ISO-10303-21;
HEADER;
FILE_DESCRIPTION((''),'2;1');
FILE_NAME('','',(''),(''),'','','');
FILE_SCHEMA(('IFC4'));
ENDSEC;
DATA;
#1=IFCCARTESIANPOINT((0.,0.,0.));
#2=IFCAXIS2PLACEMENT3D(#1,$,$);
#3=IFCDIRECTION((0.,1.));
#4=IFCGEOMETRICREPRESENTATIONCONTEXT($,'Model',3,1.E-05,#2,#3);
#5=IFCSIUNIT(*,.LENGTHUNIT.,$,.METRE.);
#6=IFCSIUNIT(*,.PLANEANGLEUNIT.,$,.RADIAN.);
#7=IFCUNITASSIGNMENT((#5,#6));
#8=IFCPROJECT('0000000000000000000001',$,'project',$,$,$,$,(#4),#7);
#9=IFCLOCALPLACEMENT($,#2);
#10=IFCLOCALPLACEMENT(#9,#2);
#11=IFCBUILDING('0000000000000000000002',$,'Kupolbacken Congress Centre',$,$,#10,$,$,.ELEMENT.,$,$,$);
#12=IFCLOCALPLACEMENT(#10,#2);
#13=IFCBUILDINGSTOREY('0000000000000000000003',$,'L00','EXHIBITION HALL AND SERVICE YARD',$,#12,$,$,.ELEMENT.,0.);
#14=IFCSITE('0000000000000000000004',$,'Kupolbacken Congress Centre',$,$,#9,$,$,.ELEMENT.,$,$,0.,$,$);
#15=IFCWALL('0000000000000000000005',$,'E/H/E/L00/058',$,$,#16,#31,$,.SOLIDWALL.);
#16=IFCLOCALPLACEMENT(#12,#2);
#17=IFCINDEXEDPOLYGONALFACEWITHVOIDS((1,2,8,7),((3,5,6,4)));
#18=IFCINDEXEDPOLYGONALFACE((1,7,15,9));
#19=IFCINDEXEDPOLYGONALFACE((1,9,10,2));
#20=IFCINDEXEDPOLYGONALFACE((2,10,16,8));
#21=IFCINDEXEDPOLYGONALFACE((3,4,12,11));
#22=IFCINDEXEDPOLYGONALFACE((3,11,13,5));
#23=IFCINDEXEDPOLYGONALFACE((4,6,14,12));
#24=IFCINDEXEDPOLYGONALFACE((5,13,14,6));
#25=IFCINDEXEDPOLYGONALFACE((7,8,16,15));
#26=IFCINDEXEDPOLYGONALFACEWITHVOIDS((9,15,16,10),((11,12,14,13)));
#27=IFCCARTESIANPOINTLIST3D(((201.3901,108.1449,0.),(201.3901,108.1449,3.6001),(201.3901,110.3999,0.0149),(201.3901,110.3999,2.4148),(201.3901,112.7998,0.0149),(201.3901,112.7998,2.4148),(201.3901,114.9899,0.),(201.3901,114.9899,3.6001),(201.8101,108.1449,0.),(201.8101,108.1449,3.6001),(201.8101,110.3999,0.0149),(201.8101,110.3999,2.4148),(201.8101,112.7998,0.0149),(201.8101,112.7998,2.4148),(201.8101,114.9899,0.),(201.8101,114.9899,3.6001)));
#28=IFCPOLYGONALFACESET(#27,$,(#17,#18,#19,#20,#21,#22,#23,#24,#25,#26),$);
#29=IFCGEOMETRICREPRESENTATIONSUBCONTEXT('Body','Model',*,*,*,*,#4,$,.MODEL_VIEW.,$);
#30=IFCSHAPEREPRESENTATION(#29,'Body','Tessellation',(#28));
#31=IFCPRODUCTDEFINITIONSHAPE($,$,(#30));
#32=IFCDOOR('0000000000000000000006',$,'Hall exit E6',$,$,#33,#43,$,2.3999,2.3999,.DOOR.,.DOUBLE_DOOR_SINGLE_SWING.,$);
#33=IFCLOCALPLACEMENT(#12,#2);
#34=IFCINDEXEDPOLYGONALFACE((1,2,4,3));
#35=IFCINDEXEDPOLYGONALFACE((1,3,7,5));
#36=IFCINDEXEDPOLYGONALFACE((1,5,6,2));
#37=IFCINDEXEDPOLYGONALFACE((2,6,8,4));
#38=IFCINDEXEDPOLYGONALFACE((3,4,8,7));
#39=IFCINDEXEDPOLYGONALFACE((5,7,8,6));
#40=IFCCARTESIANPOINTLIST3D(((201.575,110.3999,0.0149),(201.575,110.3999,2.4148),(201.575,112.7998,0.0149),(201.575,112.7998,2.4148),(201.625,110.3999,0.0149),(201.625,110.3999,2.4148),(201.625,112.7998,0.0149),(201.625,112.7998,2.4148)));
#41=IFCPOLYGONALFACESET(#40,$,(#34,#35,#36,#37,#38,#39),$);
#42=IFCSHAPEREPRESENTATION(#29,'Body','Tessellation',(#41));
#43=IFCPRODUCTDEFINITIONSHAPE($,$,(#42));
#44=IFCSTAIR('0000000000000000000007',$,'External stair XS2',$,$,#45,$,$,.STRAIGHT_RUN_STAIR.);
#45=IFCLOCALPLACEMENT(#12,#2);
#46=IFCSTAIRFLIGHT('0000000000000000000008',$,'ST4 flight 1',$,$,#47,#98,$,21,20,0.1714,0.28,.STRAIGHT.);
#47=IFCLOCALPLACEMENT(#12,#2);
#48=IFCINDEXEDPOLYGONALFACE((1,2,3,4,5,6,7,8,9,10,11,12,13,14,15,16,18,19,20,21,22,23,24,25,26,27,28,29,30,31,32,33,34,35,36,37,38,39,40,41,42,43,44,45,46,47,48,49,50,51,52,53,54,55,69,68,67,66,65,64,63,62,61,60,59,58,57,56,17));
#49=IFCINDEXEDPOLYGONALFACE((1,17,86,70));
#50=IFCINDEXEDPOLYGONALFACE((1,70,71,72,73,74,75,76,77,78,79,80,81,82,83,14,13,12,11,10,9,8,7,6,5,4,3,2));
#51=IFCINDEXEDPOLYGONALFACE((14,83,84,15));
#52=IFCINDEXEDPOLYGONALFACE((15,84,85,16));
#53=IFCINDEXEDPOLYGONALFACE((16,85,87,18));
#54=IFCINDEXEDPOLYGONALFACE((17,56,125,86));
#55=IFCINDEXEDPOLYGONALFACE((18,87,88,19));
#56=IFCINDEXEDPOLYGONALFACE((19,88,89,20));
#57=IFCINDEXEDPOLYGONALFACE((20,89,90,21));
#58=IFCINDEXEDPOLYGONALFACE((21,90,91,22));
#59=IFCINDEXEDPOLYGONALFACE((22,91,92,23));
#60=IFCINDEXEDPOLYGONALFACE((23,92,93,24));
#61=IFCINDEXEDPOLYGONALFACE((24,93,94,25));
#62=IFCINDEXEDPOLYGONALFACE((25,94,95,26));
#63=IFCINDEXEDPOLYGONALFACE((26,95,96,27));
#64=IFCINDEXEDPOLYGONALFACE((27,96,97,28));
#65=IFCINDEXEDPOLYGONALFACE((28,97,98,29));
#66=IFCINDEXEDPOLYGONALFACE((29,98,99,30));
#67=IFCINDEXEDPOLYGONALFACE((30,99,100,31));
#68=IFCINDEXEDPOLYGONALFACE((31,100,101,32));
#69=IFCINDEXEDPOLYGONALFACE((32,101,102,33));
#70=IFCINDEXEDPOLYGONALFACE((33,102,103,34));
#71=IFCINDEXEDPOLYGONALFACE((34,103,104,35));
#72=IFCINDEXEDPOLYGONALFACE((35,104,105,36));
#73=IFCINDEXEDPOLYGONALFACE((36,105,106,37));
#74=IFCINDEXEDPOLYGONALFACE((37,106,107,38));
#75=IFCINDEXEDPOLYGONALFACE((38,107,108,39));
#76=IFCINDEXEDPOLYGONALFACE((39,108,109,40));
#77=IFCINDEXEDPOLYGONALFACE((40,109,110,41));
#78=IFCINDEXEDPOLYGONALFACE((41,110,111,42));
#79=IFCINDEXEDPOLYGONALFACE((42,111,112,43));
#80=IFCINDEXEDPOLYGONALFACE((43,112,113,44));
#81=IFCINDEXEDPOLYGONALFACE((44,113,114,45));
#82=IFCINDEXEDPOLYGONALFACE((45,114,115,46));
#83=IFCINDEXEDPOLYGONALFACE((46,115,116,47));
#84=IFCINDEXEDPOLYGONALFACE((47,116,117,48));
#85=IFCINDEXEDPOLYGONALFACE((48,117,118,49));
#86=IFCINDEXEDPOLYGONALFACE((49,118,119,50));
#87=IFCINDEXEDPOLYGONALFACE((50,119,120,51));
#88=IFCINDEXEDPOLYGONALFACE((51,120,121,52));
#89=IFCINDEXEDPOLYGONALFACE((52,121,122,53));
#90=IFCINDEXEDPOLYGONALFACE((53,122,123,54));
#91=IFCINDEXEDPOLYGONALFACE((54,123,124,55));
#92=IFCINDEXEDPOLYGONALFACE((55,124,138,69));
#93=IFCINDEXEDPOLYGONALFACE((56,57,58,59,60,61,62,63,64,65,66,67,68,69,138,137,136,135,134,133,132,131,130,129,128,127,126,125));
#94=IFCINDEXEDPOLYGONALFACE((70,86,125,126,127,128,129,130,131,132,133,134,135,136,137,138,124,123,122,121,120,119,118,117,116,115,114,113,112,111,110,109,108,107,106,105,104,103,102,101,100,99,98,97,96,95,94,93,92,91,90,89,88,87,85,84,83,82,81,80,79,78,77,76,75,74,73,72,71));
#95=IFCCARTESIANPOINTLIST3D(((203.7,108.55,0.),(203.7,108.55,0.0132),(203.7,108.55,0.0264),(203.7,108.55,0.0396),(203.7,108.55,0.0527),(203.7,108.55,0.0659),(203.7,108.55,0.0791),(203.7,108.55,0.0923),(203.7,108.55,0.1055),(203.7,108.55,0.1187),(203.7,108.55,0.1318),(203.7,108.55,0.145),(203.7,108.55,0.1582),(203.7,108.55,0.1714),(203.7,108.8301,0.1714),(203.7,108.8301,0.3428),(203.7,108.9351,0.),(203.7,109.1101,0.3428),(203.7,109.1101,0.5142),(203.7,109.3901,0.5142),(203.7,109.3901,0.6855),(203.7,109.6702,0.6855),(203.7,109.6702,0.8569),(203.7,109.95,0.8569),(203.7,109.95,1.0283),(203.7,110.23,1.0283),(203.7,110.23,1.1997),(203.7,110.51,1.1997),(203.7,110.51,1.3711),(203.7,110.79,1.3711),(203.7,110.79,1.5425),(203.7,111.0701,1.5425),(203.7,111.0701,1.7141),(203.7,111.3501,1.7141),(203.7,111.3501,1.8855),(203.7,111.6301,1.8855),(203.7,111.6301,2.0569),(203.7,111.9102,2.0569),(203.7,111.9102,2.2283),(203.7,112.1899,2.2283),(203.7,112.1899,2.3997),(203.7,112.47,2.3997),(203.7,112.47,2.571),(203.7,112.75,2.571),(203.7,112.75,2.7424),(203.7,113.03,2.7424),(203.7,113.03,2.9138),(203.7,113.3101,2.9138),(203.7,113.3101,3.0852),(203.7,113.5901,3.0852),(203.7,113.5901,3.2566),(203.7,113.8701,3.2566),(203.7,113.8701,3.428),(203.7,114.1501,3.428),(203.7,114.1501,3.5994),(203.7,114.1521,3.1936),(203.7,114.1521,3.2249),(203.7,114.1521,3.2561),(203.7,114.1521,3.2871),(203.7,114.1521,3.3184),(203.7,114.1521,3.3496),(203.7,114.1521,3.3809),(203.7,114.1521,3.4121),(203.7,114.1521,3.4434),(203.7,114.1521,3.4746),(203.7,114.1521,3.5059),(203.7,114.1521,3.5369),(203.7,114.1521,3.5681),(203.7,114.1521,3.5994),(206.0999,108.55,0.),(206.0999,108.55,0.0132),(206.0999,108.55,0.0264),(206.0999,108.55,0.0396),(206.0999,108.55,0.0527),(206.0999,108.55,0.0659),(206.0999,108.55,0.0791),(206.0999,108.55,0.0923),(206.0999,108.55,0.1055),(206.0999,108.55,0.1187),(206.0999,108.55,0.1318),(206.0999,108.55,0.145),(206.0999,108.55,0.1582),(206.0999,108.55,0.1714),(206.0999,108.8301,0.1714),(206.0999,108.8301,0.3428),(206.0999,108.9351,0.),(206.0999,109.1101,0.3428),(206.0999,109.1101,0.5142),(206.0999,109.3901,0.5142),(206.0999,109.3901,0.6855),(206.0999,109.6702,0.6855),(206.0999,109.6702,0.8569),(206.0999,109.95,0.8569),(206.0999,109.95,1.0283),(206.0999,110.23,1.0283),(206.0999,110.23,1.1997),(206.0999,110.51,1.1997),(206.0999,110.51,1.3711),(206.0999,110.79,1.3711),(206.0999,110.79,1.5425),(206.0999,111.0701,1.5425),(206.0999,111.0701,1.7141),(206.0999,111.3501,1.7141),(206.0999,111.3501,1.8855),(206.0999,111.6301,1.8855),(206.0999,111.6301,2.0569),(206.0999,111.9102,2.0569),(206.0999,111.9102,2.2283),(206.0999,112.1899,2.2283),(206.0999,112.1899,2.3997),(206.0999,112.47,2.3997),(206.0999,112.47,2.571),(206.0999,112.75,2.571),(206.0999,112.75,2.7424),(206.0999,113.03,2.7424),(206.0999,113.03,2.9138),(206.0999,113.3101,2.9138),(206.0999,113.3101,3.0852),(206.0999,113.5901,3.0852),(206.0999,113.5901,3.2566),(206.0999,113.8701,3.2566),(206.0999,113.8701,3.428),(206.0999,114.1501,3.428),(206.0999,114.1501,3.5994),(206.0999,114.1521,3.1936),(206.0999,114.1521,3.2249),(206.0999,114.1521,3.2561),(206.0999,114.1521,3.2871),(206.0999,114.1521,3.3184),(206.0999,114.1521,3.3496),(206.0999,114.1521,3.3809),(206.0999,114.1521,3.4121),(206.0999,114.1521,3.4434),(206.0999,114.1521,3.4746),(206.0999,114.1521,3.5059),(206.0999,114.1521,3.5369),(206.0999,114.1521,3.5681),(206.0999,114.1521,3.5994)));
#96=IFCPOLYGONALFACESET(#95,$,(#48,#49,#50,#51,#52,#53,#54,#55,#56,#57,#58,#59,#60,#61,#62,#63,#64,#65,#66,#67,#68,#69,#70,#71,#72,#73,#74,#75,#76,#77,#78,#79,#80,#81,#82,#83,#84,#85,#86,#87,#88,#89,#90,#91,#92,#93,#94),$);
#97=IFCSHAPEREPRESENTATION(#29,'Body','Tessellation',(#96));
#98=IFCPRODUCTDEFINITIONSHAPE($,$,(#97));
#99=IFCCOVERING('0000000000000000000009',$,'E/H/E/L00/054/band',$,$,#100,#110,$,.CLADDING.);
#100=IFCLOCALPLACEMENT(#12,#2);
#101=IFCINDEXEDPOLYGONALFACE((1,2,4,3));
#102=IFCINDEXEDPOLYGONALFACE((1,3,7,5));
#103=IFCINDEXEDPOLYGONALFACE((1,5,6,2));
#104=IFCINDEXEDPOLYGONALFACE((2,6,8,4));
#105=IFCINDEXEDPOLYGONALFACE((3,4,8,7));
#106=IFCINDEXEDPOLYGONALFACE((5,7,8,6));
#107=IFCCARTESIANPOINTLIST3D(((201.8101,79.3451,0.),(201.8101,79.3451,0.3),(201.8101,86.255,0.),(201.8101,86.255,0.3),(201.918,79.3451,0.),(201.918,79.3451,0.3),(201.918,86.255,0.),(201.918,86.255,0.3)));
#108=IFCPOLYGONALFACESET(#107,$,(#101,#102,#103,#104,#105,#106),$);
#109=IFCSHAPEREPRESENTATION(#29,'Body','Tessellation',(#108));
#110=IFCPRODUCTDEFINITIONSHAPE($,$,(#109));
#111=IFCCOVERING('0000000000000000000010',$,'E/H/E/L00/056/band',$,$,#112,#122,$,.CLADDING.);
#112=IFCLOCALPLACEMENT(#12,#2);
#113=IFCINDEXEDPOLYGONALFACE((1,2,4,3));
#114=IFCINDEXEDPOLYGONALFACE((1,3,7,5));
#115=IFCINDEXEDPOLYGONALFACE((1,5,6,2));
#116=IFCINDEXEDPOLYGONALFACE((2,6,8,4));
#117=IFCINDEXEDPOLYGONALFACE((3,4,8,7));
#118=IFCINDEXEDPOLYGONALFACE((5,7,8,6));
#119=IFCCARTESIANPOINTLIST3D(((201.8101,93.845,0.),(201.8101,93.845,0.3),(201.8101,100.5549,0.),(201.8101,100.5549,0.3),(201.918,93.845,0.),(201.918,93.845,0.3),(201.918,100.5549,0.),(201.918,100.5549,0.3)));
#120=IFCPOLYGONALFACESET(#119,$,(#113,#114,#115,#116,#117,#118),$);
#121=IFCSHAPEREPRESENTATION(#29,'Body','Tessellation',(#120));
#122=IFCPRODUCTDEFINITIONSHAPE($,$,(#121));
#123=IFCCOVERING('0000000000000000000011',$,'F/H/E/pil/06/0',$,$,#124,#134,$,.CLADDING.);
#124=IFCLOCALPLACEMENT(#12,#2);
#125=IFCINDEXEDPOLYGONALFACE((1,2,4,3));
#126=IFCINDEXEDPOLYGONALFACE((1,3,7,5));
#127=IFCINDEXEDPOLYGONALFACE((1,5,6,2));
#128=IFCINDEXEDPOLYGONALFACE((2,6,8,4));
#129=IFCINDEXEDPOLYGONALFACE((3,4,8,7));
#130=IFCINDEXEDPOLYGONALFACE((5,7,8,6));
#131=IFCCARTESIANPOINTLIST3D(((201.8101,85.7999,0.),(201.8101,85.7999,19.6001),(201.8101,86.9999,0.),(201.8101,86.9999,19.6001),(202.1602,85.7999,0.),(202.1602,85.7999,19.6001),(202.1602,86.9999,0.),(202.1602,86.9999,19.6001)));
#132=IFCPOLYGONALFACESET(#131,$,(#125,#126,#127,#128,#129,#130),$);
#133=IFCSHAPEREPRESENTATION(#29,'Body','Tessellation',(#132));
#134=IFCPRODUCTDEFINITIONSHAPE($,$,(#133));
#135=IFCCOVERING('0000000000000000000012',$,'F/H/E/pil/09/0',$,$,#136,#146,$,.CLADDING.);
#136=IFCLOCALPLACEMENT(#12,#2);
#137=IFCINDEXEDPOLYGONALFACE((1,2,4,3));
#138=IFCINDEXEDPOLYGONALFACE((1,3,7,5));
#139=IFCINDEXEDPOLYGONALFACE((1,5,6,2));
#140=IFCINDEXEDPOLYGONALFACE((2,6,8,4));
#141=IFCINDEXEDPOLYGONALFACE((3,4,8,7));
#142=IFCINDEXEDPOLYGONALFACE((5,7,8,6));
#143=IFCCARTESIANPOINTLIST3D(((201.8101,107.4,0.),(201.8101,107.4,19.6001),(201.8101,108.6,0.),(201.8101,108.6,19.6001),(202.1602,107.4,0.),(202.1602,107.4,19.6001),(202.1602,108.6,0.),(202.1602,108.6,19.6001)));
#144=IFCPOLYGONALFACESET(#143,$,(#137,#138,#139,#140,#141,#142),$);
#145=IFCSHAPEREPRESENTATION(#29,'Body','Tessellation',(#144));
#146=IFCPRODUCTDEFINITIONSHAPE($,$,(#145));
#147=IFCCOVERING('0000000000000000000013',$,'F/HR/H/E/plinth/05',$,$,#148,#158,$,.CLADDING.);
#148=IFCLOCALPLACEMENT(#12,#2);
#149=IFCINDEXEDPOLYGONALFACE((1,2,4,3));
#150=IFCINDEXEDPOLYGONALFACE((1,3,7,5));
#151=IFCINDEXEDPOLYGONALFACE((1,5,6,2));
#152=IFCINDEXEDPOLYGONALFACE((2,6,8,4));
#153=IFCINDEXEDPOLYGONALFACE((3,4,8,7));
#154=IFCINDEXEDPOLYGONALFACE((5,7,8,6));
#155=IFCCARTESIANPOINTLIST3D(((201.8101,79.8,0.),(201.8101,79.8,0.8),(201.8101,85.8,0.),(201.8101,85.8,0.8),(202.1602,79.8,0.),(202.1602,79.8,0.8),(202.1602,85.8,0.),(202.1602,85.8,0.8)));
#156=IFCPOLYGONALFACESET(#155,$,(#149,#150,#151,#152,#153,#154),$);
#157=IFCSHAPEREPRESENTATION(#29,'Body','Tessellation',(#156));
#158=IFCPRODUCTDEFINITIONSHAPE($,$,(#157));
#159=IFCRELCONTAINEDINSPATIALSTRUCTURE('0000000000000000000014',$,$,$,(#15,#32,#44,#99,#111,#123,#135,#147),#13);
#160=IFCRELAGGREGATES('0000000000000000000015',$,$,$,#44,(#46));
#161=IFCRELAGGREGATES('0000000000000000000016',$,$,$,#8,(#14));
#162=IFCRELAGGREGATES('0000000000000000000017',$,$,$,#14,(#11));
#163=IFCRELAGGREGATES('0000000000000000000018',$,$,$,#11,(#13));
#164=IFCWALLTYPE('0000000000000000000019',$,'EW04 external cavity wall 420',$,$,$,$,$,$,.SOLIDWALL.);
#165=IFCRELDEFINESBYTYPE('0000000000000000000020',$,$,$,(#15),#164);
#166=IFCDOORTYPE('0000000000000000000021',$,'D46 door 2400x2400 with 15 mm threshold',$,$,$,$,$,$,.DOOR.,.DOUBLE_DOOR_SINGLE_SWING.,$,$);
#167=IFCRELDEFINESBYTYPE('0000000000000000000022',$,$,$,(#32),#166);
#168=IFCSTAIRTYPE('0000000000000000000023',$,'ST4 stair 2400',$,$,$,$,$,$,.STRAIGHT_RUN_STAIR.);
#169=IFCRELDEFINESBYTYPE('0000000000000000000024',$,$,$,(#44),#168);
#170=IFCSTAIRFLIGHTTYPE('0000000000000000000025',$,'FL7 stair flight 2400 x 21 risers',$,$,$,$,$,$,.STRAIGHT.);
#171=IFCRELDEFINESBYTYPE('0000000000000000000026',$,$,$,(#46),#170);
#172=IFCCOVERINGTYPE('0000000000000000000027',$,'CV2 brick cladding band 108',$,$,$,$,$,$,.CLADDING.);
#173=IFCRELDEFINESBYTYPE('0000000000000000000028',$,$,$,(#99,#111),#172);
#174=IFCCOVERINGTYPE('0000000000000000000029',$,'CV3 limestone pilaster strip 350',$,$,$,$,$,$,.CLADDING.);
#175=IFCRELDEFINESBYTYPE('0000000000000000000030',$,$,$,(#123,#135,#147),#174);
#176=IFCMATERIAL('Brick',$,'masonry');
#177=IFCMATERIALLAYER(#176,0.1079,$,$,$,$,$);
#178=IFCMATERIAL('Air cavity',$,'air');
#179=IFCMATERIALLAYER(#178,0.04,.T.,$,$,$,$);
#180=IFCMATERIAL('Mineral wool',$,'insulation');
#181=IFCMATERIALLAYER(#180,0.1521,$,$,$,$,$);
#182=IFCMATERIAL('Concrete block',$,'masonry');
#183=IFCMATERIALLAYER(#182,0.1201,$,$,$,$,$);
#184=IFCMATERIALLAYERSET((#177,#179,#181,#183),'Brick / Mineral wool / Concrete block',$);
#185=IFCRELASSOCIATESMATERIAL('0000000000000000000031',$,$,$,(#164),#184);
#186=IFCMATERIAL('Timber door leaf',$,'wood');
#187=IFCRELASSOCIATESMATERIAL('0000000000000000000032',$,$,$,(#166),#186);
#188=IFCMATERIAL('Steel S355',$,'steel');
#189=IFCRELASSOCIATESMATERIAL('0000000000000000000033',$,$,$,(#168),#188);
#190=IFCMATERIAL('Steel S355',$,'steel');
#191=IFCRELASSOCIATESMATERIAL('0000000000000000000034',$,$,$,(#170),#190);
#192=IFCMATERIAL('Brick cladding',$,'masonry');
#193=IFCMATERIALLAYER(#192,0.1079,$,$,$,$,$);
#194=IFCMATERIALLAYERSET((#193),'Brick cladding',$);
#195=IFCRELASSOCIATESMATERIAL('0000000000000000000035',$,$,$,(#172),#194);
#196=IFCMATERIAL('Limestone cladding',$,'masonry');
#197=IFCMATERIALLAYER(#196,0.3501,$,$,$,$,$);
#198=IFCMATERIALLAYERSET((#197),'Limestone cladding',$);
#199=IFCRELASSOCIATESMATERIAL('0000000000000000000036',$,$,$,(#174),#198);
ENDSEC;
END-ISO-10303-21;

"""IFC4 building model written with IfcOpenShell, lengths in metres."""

from ifc_helpers import new_model, si_unit, direction, frame, frame_2d, origin, origin_2d, place, context, subcontext, project, spatial, polyline, rectangle, outline, extrude, material, layer, layer_set, type_object, element, fill, aggregate, save


model = new_model("IFC4")

# Units and contexts
model_context = context("Model", 3, precision=1e-05, world=origin(), true_north=direction((0.0, 1.0)))
body_context = subcontext(model_context, "Body", "Model", "MODEL_VIEW")
ifc_project = project(units=[si_unit("LENGTHUNIT", "METRE"), si_unit("PLANEANGLEUNIT", "RADIAN")], contexts=[model_context])

# Site, building, storey
site_placement = place(None, origin())
site = spatial("IfcSite", under=ifc_project, at=site_placement, Name="Kupolbacken Congress Centre", CompositionType="ELEMENT", RefElevation=0.0)
building_placement = place(site_placement, origin())
building = spatial("IfcBuilding", under=site, at=building_placement, Name="Kupolbacken Congress Centre", CompositionType="ELEMENT")
storey_placement = place(building_placement, origin())
storey = spatial("IfcBuildingStorey", under=building, at=storey_placement, Name="L00", Description="EXHIBITION HALL AND SERVICE YARD", CompositionType="ELEMENT", Elevation=0.0)

# Wall, opening, door
ifc_material_1 = material(Name="Brick", Category="masonry")
ifc_layer_1 = layer(ifc_material_1, 0.1079)
ifc_material_2 = material(Name="Air cavity", Category="air")
ifc_layer_2 = layer(ifc_material_2, 0.04, ventilated=True)
ifc_material_3 = material(Name="Mineral wool", Category="insulation")
ifc_layer_3 = layer(ifc_material_3, 0.1521)
ifc_material_4 = material(Name="Concrete block", Category="masonry")
ifc_layer_4 = layer(ifc_material_4, 0.1201)
ifc_layer_set_1 = layer_set([ifc_layer_1, ifc_layer_2, ifc_layer_3, ifc_layer_4], Name="Brick / Mineral wool / Concrete block")
wall_type = type_object("IfcWallType", Name="EW04 external cavity wall 420", PredefinedType="SOLIDWALL", material=ifc_layer_set_1)
wall_placement = place(storey_placement, frame((201.6001, 108.145, 0.0), z_axis=(0.0, 0.0, 1.0), x_axis=(0.0, 1.0, 0.0)))
wall = element("IfcWall", 1, at=wall_placement, inside=storey, type_object=wall_type, Name="E/H/E/L00/058", PredefinedType="SOLIDWALL", context=body_context, shape_type="SweptSolid", body=[
    extrude(rectangle(XDim=6.845, YDim=0.4199, at=frame_2d((3.4224, 0.0))), origin(), (0.0, 0.0, 1.0), 3.6001),
])
opening_placement = place(wall_placement, frame((2.2549, 0.0, 0.0149)))
opening = element("IfcOpeningElement", 2, at=opening_placement, cuts=wall, PredefinedType="OPENING", context=body_context, shape_type="SweptSolid", body=[
    extrude(rectangle(XDim=2.3999, YDim=2.3999, at=frame_2d((1.2, 1.2))), frame((0.0, 0.22, 0.0), z_axis=(0.0, -1.0, 0.0), x_axis=(1.0, 0.0, 0.0)), (0.0, 0.0, 1.0), 0.4399),
])
ifc_material_5 = material(Name="Timber door leaf", Category="wood")
door_type = type_object("IfcDoorType", Name="D46 door 2400x2400 with 15 mm threshold", OperationType="DOUBLE_DOOR_SINGLE_SWING", PredefinedType="DOOR", material=ifc_material_5)
door_placement = place(opening_placement, frame((2.3999, 0.0, 0.0), z_axis=(0.0, 0.0, 1.0), x_axis=(-1.0, 0.0, 0.0)))
door = element("IfcDoor", 3, at=door_placement, inside=storey, type_object=door_type, Name="Hall exit E6", OperationType="DOUBLE_DOOR_SINGLE_SWING", OverallHeight=2.3999, OverallWidth=2.3999, PredefinedType="DOOR", context=body_context, shape_type="SweptSolid", body=[
    extrude(rectangle(XDim=2.3999, YDim=2.3999, at=frame_2d((1.2, 1.2))), frame((0.0, 0.0249, 0.0), z_axis=(0.0, -1.0, 0.0), x_axis=(1.0, 0.0, 0.0)), (0.0, 0.0, 1.0), 0.05),
])
fill(opening, door)

# Stair, stair flight
ifc_material_6 = material(Name="Steel S355", Category="steel")
stair_type = type_object("IfcStairType", Name="ST4 stair 2400", PredefinedType="STRAIGHT_RUN_STAIR", material=ifc_material_6)
stair_placement = place(storey_placement, origin())
stair = element("IfcStair", 4, at=stair_placement, inside=storey, type_object=stair_type, Name="External stair XS2", PredefinedType="STRAIGHT_RUN_STAIR")
ifc_material_7 = material(Name="Steel S355", Category="steel")
stair_flight_type = type_object("IfcStairFlightType", Name="FL7 stair flight 2400 x 21 risers", PredefinedType="STRAIGHT", material=ifc_material_7)
stair_flight_placement = place(storey_placement, frame((204.8999, 108.55, 0.0), z_axis=(0.0, 0.0, 1.0), x_axis=(0.0, 1.0, 0.0)))
stair_flight = element("IfcStairFlight", 5, at=stair_flight_placement, type_object=stair_flight_type, Name="ST4 flight 1", NumberOfRisers=21, NumberOfTreads=20, PredefinedType="STRAIGHT", RiserHeight=0.1714, TreadLength=0.28, context=body_context, shape_type="SweptSolid", body=[
    extrude(outline(polyline([(0.0, 0.0), (0.0, 0.0132), (0.0, 0.0264), (0.0, 0.0396), (0.0, 0.0527), (0.0, 0.0659), (0.0, 0.0791), (0.0, 0.0923), (0.0, 0.1055), (0.0, 0.1187), (0.0, 0.1318), (0.0, 0.145), (0.0, 0.1582), (0.0, 0.1714), (0.28, 0.1714), (0.28, 0.3428), (0.5601, 0.3428), (0.5601, 0.5142), (0.8401, 0.5142), (0.8401, 0.6855), (1.1201, 0.6855), (1.1201, 0.8569), (1.3999, 0.8569), (1.3999, 1.0283), (1.6799, 1.0283), (1.6799, 1.1997), (1.96, 1.1997), (1.96, 1.3711), (2.24, 1.3711), (2.24, 1.5425), (2.52, 1.5425), (2.52, 1.7141), (2.8, 1.7141), (2.8, 1.8855), (3.0801, 1.8855), (3.0801, 2.0569), (3.3601, 2.0569), (3.3601, 2.2283), (3.6399, 2.2283), (3.6399, 2.3997), (3.9199, 2.3997), (3.9199, 2.571), (4.2, 2.571), (4.2, 2.7424), (4.48, 2.7424), (4.48, 2.9138), (4.76, 2.9138), (4.76, 3.0852), (5.04, 3.0852), (5.04, 3.2566), (5.3201, 3.2566), (5.3201, 3.428), (5.6001, 3.428), (5.6001, 3.5994), (5.6021, 3.5994), (5.6021, 3.5681), (5.6021, 3.5369), (5.6021, 3.5059), (5.6021, 3.4746), (5.6021, 3.4434), (5.6021, 3.4121), (5.6021, 3.3809), (5.6021, 3.3496), (5.6021, 3.3184), (5.6021, 3.2871), (5.6021, 3.2561), (5.6021, 3.2249), (5.6021, 3.1936), (0.385, 0.0), (0.0, 0.0)])), frame((0.0, 1.2, 0.0), z_axis=(0.0, -1.0, 0.0), x_axis=(1.0, 0.0, 0.0)), (0.0, 0.0, 1.0), 2.3999),
])
aggregate(stair, [stair_flight])

# Coverings
ifc_material_8 = material(Name="Brick cladding", Category="masonry")
ifc_layer_5 = layer(ifc_material_8, 0.1079)
ifc_layer_set_2 = layer_set([ifc_layer_5], Name="Brick cladding")
covering_type_1 = type_object("IfcCoveringType", Name="CV2 brick cladding band 108", PredefinedType="CLADDING", material=ifc_layer_set_2)
covering_1_placement = place(storey_placement, frame((201.864, 82.8, 0.0), z_axis=(0.0, 0.0, 1.0), x_axis=(0.0, 1.0, 0.0)))
element("IfcCovering", 6, at=covering_1_placement, inside=storey, type_object=covering_type_1, Name="E/H/E/L00/054/band", PredefinedType="CLADDING", context=body_context, shape_type="SweptSolid", body=[
    extrude(rectangle(XDim=6.9099, YDim=0.1079, at=origin_2d()), origin(), (0.0, 0.0, 1.0), 0.3),
])
covering_2_placement = place(storey_placement, frame((201.864, 97.2, 0.0), z_axis=(0.0, 0.0, 1.0), x_axis=(0.0, 1.0, 0.0)))
element("IfcCovering", 7, at=covering_2_placement, inside=storey, type_object=covering_type_1, Name="E/H/E/L00/056/band", PredefinedType="CLADDING", context=body_context, shape_type="SweptSolid", body=[
    extrude(rectangle(XDim=6.71, YDim=0.1079, at=origin_2d()), origin(), (0.0, 0.0, 1.0), 0.3),
])
ifc_material_9 = material(Name="Limestone cladding", Category="masonry")
ifc_layer_6 = layer(ifc_material_9, 0.3501)
ifc_layer_set_3 = layer_set([ifc_layer_6], Name="Limestone cladding")
covering_type_2 = type_object("IfcCoveringType", Name="CV3 limestone pilaster strip 350", PredefinedType="CLADDING", material=ifc_layer_set_3)
for number, where, z_axis, x_axis, name in (
    (8, (201.9851, 86.3999, 0.0), (0.0, 0.0, 1.0), (0.0, 1.0, 0.0), "F/H/E/pil/06/0"),
    (9, (201.9851, 108.0, 0.0), (0.0, 0.0, 1.0), (0.0, 1.0, 0.0), "F/H/E/pil/09/0"),
):
    element("IfcCovering", number, at=place(storey_placement, frame(where, z_axis=z_axis, x_axis=x_axis)), inside=storey, type_object=covering_type_2, Name=name, PredefinedType="CLADDING", context=body_context, shape_type="SweptSolid", body=[
        extrude(rectangle(XDim=1.2, YDim=0.3501, at=origin_2d()), origin(), (0.0, 0.0, 1.0), 19.6001),
    ])
covering_3_placement = place(storey_placement, frame((201.9851, 82.8, 0.0), z_axis=(0.0, 0.0, 1.0), x_axis=(0.0, 1.0, 0.0)))
element("IfcCovering", 10, at=covering_3_placement, inside=storey, type_object=covering_type_2, Name="F/HR/H/E/plinth/05", PredefinedType="CLADDING", context=body_context, shape_type="SweptSolid", body=[
    extrude(rectangle(XDim=6.0, YDim=0.3501, at=origin_2d()), origin(), (0.0, 0.0, 1.0), 0.8),
])

save(model, "model.ifc")
